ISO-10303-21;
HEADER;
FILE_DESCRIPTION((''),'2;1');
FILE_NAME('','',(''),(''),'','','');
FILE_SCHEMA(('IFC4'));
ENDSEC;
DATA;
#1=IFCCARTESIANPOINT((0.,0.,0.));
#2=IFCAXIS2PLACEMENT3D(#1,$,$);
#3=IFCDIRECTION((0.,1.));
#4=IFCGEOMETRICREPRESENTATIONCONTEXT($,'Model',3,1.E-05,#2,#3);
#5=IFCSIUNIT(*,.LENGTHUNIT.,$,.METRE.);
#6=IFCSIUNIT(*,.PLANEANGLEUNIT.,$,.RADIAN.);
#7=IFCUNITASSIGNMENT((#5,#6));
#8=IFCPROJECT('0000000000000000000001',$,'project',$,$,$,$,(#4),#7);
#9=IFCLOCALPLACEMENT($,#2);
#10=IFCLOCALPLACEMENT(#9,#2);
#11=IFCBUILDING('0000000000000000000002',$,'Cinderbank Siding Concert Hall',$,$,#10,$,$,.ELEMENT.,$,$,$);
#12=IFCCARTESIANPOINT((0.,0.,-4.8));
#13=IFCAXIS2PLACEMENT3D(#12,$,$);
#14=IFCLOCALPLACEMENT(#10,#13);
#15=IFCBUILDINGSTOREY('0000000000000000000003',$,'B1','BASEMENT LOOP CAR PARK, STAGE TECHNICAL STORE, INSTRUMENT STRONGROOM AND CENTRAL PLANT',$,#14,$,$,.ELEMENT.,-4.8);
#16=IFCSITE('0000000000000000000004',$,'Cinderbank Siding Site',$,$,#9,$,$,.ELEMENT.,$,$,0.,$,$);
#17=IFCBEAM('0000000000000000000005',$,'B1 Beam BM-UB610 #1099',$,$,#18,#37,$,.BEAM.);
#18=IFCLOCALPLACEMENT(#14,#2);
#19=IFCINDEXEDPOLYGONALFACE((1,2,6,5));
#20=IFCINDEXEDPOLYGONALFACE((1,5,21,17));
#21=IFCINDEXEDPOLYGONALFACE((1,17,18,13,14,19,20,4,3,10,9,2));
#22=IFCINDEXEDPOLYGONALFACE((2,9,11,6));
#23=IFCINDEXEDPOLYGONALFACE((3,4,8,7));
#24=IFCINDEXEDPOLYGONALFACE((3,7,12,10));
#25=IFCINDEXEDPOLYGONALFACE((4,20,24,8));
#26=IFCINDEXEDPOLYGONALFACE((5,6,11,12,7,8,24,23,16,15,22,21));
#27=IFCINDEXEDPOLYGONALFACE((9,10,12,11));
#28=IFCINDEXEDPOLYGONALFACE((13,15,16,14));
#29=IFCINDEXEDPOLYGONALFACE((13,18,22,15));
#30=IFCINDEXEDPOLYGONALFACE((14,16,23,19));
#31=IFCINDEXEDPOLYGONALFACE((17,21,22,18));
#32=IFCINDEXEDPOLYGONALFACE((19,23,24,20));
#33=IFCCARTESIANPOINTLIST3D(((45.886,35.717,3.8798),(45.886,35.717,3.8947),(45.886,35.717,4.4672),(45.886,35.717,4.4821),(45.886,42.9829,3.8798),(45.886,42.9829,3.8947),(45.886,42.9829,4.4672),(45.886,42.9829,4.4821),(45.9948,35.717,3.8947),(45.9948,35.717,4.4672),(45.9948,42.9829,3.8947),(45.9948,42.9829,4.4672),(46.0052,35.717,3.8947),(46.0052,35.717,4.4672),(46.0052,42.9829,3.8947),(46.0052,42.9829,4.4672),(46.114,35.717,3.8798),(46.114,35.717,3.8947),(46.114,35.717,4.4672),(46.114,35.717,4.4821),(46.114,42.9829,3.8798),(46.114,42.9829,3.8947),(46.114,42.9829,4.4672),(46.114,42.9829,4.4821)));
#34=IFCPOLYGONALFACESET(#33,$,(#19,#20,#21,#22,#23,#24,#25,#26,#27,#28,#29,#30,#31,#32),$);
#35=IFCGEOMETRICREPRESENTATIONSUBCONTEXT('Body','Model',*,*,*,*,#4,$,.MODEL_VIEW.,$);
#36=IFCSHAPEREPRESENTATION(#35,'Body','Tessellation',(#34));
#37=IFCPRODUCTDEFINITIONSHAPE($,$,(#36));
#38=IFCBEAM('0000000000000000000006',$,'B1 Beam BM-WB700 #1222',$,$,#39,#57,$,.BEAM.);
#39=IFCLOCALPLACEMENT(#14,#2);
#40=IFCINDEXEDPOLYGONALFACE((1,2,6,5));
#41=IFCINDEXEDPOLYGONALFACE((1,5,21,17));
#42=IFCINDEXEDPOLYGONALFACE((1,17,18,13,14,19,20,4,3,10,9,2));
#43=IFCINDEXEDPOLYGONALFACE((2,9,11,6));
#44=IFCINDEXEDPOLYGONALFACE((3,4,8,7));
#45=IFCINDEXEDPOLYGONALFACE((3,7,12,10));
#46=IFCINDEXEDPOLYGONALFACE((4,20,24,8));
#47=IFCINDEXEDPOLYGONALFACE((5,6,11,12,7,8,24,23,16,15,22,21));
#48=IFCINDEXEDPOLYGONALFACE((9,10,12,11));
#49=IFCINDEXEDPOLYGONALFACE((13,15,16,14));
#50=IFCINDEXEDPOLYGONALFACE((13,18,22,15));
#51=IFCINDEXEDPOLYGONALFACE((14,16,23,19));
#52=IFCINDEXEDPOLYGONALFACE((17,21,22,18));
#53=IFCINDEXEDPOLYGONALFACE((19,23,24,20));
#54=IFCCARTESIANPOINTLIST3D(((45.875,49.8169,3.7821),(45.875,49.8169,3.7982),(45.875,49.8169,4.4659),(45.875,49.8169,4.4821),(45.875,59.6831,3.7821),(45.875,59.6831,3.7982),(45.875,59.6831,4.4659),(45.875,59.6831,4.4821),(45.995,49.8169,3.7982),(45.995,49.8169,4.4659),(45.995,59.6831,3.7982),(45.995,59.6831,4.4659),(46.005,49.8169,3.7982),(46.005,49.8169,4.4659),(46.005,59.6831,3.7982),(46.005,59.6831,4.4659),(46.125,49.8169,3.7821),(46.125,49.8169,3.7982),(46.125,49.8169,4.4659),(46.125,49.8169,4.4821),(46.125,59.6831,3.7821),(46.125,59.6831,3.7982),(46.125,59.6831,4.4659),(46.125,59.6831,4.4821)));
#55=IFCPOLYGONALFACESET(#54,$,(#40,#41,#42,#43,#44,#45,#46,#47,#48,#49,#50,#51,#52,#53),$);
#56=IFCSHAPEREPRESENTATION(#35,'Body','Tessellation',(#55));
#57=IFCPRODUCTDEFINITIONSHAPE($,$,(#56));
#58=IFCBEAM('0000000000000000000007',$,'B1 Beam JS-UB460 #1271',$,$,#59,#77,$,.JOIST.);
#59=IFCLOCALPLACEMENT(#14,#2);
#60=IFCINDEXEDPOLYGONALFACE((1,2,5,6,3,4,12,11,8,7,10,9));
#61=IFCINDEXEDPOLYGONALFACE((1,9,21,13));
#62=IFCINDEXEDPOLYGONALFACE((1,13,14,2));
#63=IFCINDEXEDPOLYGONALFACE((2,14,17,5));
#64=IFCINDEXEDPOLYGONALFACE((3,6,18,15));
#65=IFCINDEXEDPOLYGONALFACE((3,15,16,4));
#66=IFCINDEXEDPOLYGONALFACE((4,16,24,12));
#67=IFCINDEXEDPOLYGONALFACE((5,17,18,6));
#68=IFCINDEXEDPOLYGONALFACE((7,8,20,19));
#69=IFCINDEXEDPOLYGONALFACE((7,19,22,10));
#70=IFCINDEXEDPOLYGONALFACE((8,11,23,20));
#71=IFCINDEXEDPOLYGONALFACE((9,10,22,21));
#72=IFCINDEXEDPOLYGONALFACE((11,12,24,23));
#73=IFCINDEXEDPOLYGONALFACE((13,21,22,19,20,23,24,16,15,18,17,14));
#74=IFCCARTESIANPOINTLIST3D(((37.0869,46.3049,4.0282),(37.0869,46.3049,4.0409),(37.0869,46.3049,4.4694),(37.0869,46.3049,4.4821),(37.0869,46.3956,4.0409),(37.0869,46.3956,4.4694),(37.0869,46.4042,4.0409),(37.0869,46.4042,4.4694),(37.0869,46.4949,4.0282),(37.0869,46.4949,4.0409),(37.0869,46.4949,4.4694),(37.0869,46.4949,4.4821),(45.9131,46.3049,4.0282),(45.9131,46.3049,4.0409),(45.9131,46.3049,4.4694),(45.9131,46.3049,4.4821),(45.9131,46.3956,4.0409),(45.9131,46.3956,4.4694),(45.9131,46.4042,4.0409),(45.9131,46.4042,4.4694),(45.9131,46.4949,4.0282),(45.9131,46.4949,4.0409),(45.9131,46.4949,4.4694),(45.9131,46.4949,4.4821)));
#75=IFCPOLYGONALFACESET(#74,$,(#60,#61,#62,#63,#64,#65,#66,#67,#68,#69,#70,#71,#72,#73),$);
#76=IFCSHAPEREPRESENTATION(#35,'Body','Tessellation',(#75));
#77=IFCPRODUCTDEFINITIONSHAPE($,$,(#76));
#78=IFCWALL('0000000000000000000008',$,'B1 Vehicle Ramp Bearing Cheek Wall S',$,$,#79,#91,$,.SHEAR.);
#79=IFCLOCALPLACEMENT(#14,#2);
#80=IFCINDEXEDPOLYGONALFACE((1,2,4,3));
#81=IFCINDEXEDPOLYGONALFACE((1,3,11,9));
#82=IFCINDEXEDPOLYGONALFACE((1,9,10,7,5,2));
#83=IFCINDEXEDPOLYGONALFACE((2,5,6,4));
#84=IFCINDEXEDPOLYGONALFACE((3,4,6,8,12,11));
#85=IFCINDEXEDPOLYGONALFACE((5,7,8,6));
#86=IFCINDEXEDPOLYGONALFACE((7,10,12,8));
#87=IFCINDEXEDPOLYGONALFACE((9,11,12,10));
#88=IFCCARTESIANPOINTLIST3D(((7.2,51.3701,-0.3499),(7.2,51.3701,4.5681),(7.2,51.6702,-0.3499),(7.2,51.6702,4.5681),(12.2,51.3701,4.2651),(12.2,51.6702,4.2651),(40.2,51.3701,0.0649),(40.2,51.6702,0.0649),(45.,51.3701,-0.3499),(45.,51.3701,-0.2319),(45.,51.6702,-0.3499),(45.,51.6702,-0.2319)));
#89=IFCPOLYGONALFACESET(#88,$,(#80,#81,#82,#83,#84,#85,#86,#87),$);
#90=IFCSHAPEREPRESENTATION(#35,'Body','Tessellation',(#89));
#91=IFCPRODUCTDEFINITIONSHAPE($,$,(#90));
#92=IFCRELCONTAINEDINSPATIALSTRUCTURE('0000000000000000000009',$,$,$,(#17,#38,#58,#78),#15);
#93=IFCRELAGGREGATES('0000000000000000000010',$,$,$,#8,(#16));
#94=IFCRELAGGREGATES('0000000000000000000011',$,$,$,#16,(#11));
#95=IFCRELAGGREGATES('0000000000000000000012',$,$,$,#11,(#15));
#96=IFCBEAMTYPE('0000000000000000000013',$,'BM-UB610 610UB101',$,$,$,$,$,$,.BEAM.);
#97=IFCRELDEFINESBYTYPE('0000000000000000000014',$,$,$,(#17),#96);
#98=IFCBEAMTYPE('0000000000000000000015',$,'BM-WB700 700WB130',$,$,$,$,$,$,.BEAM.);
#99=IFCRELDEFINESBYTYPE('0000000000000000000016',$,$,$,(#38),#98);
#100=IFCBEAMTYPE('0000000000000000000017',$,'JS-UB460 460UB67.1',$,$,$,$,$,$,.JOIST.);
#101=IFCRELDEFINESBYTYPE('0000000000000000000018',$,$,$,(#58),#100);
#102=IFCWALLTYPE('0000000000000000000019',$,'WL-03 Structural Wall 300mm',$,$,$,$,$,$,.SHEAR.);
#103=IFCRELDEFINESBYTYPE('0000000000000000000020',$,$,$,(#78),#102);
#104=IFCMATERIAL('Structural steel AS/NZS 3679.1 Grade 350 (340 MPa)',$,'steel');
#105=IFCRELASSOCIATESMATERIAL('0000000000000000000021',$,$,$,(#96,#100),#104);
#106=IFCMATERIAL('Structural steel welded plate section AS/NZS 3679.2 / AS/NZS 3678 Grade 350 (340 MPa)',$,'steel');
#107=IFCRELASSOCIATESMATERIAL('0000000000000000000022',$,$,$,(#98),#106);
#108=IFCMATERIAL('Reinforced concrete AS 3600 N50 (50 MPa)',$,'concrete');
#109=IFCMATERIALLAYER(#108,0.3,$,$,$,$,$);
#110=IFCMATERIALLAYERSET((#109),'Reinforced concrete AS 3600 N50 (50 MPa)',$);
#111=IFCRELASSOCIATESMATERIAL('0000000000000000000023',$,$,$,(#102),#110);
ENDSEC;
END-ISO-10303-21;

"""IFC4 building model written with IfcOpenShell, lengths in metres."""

from ifc_helpers import new_model, si_unit, direction, frame, origin, origin_2d, place, context, subcontext, project, spatial, polyline, i_section, outline, extrude, material, layer, layer_set, material_profile, profile_set, type_object, element, save


model = new_model("IFC4")

# Units and contexts
model_context = context("Model", 3, precision=1e-05, world=origin(), true_north=direction((0.0, 1.0)))
body_context = subcontext(model_context, "Body", "Model", "MODEL_VIEW")
ifc_project = project(units=[si_unit("LENGTHUNIT", "METRE"), si_unit("PLANEANGLEUNIT", "RADIAN")], contexts=[model_context])

# Site, building, storey
site_placement = place(None, origin())
site = spatial("IfcSite", under=ifc_project, at=site_placement, Name="Cinderbank Siding Site", CompositionType="ELEMENT", RefElevation=0.0)
building_placement = place(site_placement, origin())
building = spatial("IfcBuilding", under=site, at=building_placement, Name="Cinderbank Siding Concert Hall", CompositionType="ELEMENT")
storey_placement = place(building_placement, frame((0.0, 0.0, -4.8)))
storey = spatial("IfcBuildingStorey", under=building, at=storey_placement, Name="B1", Description="BASEMENT LOOP CAR PARK, STAGE TECHNICAL STORE, INSTRUMENT STRONGROOM AND CENTRAL PLANT", CompositionType="ELEMENT", Elevation=-4.8)

# Shared definitions
ifc_material_1 = material(Name="Reinforced concrete AS 3600 N50 (50 MPa)", Category="concrete")

# Beams
ifc_material_2 = material(Name="Structural steel AS/NZS 3679.1 Grade 350 (340 MPa)", Category="steel")
ifc_material_profile_1 = material_profile(ifc_material_2, i_section(OverallWidth=0.228, OverallDepth=0.6023, WebThickness=0.0105, FlangeThickness=0.0149, at=origin_2d()), Name="610UB101", Category="LoadBearing")
ifc_profile_set_1 = profile_set([ifc_material_profile_1], Name="Structural steel AS/NZS 3679.1 Grade 350 (340 MPa)")
beam_type_1 = type_object("IfcBeamType", Name="BM-UB610 610UB101", PredefinedType="BEAM", material=ifc_profile_set_1)
beam_1_placement = place(storey_placement, frame((46.0, 35.717, 4.1809), z_axis=(0.0, 1.0, 0.0), x_axis=(-1.0, 0.0, 0.0)))
element("IfcBeam", 1, at=beam_1_placement, inside=storey, type_object=beam_type_1, Name="B1 Beam BM-UB610 #1099", PredefinedType="BEAM", context=body_context, shape_type="SweptSolid", body=[
    extrude(i_section(OverallWidth=0.228, OverallDepth=0.6023, WebThickness=0.0105, FlangeThickness=0.0149, at=origin_2d()), origin(), (0.0, 0.0, 1.0), 7.2659),
])
ifc_material_3 = material(Name="Structural steel welded plate section AS/NZS 3679.2 / AS/NZS 3678 Grade 350 (340 MPa)", Category="steel")
ifc_material_profile_2 = material_profile(ifc_material_3, i_section(OverallWidth=0.25, OverallDepth=0.7, WebThickness=0.01, FlangeThickness=0.0161, at=origin_2d()), Name="700WB130", Category="LoadBearing")
ifc_profile_set_2 = profile_set([ifc_material_profile_2], Name="Structural steel welded plate section AS/NZS 3679.2 / AS/NZS 3678 Grade 350 (340 MPa)")
beam_type_2 = type_object("IfcBeamType", Name="BM-WB700 700WB130", PredefinedType="BEAM", material=ifc_profile_set_2)
beam_2_placement = place(storey_placement, frame((46.0, 49.8169, 4.1321), z_axis=(0.0, 1.0, 0.0), x_axis=(-1.0, 0.0, 0.0)))
element("IfcBeam", 2, at=beam_2_placement, inside=storey, type_object=beam_type_2, Name="B1 Beam BM-WB700 #1222", PredefinedType="BEAM", context=body_context, shape_type="SweptSolid", body=[
    extrude(i_section(OverallWidth=0.25, OverallDepth=0.7, WebThickness=0.01, FlangeThickness=0.0161, at=origin_2d()), origin(), (0.0, 0.0, 1.0), 9.8662),
])
ifc_material_profile_3 = material_profile(ifc_material_2, i_section(OverallWidth=0.1899, OverallDepth=0.4539, WebThickness=0.0085, FlangeThickness=0.0127, at=origin_2d()), Name="460UB67.1", Category="LoadBearing")
ifc_profile_set_3 = profile_set([ifc_material_profile_3], Name="Structural steel AS/NZS 3679.1 Grade 350 (340 MPa)")
beam_type_3 = type_object("IfcBeamType", Name="JS-UB460 460UB67.1", PredefinedType="JOIST", material=ifc_profile_set_3)
beam_3_placement = place(storey_placement, frame((37.0869, 46.3999, 4.2551), z_axis=(1.0, 0.0, 0.0), x_axis=(0.0, 1.0, 0.0)))
element("IfcBeam", 3, at=beam_3_placement, inside=storey, type_object=beam_type_3, Name="B1 Beam JS-UB460 #1271", PredefinedType="JOIST", context=body_context, shape_type="SweptSolid", body=[
    extrude(i_section(OverallWidth=0.1899, OverallDepth=0.4539, WebThickness=0.0085, FlangeThickness=0.0127, at=origin_2d()), origin(), (0.0, 0.0, 1.0), 8.8262),
])

# Wall
ifc_layer_1 = layer(ifc_material_1, 0.3)
ifc_layer_set_1 = layer_set([ifc_layer_1], Name="Reinforced concrete AS 3600 N50 (50 MPa)")
wall_type = type_object("IfcWallType", Name="WL-03 Structural Wall 300mm", PredefinedType="SHEAR", material=ifc_layer_set_1)
wall_placement = place(storey_placement, frame((45.0, 51.52, -0.3499), z_axis=(0.0, 0.0, 1.0), x_axis=(-1.0, 0.0, 0.0)))
element("IfcWall", 4, at=wall_placement, inside=storey, type_object=wall_type, Name="B1 Vehicle Ramp Bearing Cheek Wall S", PredefinedType="SHEAR", context=body_context, shape_type="SweptSolid", body=[
    extrude(outline(polyline([(0.0, 0.0), (37.8, 0.0), (37.8, 4.918), (32.8, 4.615), (4.8, 0.4148), (0.0, 0.1179), (0.0, 0.0)])), frame((0.0, 0.1499, 0.0), z_axis=(0.0, -1.0, 0.0), x_axis=(1.0, 0.0, 0.0)), (0.0, 0.0, 1.0), 0.3),
])

save(model, "model.ifc")
